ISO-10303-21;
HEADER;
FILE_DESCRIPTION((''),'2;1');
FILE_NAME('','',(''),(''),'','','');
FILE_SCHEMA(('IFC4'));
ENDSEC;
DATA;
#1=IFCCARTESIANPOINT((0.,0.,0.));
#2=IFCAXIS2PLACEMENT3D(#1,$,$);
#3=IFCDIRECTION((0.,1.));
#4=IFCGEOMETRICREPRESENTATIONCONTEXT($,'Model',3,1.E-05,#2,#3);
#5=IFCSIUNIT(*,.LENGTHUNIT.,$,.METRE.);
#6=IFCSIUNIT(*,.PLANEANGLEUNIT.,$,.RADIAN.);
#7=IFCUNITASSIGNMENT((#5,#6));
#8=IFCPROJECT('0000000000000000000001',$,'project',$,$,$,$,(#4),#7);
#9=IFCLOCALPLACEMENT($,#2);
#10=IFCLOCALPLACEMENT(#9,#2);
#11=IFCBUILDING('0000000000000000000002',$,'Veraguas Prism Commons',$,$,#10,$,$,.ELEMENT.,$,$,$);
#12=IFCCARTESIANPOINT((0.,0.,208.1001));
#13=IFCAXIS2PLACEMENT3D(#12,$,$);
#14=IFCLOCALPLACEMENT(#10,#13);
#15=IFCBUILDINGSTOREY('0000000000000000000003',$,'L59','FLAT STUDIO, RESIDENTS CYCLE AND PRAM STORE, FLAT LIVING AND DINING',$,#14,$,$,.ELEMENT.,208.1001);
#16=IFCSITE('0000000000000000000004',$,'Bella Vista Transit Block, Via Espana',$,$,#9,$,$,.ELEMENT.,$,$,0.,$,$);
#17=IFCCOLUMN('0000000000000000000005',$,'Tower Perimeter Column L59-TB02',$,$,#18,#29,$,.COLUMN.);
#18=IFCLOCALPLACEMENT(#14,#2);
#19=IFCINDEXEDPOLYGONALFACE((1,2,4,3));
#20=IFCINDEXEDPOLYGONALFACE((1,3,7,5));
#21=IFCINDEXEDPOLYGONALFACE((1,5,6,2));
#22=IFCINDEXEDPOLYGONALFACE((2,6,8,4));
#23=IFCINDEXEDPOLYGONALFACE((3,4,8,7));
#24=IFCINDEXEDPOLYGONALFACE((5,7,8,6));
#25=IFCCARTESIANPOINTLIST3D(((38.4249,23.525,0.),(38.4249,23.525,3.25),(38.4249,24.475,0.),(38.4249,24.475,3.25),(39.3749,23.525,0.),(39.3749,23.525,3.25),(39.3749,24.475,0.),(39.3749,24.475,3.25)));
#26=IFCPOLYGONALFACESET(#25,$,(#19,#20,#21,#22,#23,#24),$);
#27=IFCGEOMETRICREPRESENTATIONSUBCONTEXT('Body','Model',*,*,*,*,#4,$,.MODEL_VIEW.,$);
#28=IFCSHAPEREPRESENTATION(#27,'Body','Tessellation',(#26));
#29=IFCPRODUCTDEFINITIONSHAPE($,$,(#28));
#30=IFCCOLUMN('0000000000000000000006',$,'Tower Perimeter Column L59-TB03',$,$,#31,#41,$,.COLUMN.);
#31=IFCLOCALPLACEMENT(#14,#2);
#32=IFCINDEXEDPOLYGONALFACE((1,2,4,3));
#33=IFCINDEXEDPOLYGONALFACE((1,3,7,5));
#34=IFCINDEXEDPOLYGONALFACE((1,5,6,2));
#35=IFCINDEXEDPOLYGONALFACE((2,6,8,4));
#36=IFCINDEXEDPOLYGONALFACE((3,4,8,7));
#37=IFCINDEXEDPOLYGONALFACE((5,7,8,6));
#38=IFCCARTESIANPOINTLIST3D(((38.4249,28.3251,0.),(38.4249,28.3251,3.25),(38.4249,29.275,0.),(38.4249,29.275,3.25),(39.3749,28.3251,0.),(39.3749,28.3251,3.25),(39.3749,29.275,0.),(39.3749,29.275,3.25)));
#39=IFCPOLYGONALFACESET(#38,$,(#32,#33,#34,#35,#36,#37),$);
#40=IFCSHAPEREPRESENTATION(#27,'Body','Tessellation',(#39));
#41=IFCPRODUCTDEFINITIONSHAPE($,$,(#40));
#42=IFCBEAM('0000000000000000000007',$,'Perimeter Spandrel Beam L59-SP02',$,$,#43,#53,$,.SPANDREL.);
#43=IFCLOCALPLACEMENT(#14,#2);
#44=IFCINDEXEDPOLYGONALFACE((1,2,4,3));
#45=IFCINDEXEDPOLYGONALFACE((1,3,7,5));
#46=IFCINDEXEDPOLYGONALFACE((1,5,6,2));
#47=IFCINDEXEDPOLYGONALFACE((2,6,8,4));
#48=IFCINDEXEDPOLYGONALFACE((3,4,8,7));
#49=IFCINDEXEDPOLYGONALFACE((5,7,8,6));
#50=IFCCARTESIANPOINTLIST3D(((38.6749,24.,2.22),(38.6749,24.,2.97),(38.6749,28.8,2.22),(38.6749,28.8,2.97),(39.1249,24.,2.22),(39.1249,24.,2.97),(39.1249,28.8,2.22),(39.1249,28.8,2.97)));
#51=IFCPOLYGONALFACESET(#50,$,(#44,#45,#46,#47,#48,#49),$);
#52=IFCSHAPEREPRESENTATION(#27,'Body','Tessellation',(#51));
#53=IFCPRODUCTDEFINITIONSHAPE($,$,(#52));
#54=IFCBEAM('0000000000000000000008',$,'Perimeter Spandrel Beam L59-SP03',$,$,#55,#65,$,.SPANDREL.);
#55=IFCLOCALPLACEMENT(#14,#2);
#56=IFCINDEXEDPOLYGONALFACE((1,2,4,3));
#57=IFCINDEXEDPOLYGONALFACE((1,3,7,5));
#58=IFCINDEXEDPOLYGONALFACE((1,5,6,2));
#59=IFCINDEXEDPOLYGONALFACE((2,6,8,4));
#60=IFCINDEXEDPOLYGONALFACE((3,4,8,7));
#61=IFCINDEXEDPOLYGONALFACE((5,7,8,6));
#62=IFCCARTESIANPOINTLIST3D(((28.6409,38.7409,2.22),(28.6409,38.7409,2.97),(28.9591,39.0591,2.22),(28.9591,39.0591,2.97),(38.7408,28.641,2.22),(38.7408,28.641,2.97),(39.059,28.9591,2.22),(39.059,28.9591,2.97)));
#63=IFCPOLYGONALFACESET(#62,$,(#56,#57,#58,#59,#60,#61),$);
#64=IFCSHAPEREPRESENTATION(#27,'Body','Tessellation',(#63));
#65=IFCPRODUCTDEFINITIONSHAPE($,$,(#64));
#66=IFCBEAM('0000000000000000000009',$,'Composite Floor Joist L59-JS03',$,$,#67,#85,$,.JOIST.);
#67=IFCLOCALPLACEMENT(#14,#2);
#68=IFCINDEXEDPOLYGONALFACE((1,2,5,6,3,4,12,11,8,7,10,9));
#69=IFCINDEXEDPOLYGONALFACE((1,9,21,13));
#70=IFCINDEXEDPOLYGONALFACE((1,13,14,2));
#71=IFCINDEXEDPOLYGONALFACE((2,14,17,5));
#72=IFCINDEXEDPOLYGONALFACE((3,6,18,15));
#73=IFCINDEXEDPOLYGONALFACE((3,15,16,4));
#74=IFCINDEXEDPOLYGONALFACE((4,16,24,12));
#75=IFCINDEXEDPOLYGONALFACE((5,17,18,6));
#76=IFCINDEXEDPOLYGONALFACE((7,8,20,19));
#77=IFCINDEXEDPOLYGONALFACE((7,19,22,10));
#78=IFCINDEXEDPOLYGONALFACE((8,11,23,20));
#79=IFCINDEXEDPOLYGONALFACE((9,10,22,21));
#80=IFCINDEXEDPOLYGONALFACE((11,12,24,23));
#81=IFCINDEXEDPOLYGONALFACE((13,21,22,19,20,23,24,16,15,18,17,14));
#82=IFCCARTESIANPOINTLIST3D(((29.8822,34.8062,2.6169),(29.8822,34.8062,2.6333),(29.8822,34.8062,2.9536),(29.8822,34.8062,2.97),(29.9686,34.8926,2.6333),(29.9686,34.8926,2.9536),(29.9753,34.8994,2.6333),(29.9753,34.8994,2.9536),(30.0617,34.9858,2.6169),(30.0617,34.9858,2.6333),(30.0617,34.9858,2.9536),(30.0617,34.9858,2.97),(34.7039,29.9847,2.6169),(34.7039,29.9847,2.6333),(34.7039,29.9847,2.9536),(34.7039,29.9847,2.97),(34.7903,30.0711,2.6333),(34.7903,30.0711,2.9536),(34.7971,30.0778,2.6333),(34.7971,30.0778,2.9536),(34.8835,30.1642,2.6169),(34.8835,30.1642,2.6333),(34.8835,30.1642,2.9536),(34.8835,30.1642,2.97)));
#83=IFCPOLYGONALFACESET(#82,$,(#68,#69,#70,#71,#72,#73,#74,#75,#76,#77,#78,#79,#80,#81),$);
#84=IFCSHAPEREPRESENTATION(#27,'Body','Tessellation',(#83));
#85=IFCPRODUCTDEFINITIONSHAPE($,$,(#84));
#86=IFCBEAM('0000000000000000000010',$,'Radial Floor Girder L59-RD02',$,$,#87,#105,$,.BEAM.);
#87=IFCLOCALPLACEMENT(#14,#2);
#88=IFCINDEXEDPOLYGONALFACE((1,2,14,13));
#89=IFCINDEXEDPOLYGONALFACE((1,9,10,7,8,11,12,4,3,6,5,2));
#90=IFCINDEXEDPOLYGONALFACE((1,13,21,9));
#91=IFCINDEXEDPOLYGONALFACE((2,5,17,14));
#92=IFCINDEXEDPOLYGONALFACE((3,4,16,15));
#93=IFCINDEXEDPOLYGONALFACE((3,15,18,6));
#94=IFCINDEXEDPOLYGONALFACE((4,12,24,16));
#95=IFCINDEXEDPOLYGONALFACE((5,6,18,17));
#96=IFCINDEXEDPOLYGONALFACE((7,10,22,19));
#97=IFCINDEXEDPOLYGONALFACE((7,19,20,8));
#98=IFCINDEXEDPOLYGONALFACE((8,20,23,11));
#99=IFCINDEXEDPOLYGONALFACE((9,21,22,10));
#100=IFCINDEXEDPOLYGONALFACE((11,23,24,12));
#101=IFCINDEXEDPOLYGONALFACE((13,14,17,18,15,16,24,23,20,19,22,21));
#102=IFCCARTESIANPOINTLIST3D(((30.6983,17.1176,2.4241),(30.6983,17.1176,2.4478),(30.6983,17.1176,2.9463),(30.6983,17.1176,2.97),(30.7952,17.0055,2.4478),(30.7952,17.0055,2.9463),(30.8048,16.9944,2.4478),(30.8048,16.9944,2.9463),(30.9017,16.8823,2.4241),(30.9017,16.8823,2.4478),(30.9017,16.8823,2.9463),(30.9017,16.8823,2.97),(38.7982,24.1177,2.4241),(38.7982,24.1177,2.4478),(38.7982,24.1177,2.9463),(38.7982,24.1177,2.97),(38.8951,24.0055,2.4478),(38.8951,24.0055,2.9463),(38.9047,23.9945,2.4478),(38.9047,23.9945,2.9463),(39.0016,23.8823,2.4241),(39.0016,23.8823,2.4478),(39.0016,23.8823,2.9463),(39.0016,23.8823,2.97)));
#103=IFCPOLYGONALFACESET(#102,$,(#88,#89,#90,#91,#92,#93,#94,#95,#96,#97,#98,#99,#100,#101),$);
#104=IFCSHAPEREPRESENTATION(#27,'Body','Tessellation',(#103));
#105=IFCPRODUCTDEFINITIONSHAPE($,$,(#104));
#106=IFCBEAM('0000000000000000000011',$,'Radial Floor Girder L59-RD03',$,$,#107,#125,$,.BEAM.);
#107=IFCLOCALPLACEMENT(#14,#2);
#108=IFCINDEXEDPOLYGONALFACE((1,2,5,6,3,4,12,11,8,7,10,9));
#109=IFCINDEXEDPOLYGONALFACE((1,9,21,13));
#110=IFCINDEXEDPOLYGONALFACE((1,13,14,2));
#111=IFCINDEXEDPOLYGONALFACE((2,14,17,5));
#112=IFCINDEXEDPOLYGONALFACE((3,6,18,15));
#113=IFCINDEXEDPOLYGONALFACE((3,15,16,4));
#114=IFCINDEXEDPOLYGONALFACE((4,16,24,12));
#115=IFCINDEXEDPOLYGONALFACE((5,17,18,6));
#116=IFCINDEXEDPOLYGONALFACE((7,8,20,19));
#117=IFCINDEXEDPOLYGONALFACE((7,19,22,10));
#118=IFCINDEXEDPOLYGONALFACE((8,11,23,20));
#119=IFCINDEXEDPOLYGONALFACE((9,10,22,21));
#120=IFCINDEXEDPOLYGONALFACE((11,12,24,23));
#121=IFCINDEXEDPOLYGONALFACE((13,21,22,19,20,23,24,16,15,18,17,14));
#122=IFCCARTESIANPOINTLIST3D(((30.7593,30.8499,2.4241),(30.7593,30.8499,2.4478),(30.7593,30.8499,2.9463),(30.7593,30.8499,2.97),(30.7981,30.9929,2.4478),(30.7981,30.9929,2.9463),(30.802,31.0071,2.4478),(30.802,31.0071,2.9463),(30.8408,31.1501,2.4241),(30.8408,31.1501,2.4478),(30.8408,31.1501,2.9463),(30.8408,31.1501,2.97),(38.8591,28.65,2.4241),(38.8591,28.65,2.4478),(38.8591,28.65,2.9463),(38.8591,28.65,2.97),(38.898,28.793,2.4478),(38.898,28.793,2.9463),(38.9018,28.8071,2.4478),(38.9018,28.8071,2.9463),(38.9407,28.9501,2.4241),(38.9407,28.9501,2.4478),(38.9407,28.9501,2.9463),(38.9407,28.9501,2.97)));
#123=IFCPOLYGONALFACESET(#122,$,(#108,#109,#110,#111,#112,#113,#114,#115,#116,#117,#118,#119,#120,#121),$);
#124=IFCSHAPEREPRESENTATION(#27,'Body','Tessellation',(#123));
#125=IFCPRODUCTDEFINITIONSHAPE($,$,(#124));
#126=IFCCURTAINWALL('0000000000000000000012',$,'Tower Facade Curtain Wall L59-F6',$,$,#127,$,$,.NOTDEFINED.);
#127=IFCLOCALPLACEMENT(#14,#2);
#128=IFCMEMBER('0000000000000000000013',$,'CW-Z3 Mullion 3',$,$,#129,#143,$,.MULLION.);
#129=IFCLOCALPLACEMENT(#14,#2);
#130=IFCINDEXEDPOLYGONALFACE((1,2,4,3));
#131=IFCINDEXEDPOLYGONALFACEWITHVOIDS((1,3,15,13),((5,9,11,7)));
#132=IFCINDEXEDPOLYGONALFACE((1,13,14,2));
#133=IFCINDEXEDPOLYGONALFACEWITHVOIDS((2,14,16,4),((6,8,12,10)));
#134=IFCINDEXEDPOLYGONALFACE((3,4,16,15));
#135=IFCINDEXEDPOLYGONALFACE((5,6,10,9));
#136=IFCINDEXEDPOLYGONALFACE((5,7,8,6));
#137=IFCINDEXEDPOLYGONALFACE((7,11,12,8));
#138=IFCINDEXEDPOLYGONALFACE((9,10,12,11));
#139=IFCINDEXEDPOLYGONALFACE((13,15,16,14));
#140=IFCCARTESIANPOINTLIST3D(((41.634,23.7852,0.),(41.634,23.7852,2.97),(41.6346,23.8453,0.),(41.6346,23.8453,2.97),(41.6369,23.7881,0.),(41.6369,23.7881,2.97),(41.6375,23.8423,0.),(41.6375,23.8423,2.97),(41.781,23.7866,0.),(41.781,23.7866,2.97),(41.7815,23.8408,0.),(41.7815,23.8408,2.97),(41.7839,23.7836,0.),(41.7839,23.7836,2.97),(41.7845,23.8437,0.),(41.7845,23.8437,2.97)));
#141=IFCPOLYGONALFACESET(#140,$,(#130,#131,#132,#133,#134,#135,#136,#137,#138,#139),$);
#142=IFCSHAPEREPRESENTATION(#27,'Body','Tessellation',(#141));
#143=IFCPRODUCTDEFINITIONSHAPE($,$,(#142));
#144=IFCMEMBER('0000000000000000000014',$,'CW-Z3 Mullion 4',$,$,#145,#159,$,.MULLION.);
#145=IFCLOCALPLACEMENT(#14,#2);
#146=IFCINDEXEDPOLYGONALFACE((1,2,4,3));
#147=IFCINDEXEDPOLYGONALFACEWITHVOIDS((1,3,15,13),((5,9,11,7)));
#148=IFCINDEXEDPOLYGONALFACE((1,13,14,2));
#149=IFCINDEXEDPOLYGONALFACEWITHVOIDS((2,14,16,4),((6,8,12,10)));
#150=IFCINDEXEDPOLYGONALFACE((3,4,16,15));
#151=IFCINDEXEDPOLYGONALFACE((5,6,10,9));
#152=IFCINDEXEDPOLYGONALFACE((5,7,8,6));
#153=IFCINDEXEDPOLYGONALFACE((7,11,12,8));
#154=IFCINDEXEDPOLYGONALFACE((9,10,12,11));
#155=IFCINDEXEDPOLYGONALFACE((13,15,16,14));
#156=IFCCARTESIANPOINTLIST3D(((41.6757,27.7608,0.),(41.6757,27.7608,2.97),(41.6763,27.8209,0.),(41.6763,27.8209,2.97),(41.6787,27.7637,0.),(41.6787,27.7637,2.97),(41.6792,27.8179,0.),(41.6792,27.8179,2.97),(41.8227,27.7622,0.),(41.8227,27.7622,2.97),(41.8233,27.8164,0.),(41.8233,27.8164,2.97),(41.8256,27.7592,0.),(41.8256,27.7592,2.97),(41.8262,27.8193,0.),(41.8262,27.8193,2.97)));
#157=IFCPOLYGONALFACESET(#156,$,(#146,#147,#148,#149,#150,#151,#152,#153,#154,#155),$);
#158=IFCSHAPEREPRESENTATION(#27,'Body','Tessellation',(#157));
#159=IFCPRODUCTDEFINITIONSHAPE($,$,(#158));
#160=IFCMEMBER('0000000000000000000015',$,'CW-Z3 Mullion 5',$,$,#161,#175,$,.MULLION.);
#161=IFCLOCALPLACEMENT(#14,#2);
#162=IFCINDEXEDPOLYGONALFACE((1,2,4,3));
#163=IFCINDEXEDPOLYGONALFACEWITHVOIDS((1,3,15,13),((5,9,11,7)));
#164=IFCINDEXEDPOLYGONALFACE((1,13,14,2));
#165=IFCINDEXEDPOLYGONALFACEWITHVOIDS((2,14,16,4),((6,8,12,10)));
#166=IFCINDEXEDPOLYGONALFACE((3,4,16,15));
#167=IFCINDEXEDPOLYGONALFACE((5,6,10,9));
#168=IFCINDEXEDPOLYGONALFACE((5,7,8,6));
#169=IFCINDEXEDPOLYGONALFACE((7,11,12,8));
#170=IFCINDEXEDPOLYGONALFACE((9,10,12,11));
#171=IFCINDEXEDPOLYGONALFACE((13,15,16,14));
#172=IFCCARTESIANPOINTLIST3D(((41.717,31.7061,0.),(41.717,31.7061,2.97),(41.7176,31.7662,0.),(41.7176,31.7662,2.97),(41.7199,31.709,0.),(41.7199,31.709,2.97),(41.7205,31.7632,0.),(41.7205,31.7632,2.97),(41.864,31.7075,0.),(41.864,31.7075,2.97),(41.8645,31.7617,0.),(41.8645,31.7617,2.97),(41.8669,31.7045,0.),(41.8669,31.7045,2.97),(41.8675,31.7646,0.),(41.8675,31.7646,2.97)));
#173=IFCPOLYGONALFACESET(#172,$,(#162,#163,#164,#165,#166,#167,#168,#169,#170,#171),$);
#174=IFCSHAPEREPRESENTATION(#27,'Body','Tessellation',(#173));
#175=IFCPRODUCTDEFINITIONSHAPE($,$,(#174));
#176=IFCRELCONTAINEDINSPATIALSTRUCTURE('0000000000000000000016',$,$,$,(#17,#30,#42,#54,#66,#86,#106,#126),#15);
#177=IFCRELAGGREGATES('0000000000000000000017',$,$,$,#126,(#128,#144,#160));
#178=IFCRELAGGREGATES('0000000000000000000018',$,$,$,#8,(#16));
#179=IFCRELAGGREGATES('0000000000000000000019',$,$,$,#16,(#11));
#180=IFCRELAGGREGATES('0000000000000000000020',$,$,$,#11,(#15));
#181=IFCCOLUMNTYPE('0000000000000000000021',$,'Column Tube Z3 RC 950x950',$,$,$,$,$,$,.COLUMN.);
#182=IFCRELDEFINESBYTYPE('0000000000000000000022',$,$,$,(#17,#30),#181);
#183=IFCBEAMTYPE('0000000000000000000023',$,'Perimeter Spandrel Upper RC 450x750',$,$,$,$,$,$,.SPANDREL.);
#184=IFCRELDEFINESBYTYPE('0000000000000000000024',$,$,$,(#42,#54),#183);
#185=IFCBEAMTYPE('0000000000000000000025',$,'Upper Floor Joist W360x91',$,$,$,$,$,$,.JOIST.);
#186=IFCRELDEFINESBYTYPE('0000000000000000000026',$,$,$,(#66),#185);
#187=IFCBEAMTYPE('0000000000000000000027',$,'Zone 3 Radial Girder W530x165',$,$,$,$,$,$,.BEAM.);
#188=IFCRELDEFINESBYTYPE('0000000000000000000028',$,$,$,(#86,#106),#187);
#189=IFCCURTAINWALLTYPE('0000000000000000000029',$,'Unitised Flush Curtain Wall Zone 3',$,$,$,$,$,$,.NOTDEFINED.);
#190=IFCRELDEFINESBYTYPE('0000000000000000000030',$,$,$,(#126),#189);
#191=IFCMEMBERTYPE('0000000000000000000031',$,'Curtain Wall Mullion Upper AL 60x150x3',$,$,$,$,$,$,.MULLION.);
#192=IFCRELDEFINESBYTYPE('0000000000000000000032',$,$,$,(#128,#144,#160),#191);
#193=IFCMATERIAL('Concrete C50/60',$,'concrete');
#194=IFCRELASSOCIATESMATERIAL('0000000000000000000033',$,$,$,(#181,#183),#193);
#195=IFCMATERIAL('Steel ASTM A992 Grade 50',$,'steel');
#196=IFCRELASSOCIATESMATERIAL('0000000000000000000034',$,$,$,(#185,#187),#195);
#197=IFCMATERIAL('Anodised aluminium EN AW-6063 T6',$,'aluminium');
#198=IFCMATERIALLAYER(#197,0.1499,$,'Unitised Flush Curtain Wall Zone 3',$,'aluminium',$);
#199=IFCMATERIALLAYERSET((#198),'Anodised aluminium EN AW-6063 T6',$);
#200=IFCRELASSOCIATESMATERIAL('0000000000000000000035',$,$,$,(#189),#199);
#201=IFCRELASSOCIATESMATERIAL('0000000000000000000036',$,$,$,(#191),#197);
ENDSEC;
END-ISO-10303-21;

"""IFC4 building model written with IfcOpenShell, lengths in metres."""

from ifc_helpers import new_model, si_unit, direction, frame, origin, origin_2d, place, context, subcontext, project, spatial, rectangle, hollow_rectangle, i_section, extrude, source, transform, mapped, material, layer, layer_set, material_profile, profile_set, type_object, element, aggregate, save


model = new_model("IFC4")

# Units and contexts
model_context = context("Model", 3, precision=1e-05, world=origin(), true_north=direction((0.0, 1.0)))
body_context = subcontext(model_context, "Body", "Model", "MODEL_VIEW")
ifc_project = project(units=[si_unit("LENGTHUNIT", "METRE"), si_unit("PLANEANGLEUNIT", "RADIAN")], contexts=[model_context])

# Site, building, storey
site_placement = place(None, origin())
site = spatial("IfcSite", under=ifc_project, at=site_placement, Name="Bella Vista Transit Block, Via Espana", CompositionType="ELEMENT", RefElevation=0.0)
building_placement = place(site_placement, origin())
building = spatial("IfcBuilding", under=site, at=building_placement, Name="Veraguas Prism Commons", CompositionType="ELEMENT")
storey_placement = place(building_placement, frame((0.0, 0.0, 208.1001)))
storey = spatial("IfcBuildingStorey", under=building, at=storey_placement, Name="L59", Description="FLAT STUDIO, RESIDENTS CYCLE AND PRAM STORE, FLAT LIVING AND DINING", CompositionType="ELEMENT", Elevation=208.1001)

# Columns
ifc_material_1 = material(Name="Concrete C50/60", Category="concrete")
ifc_material_profile_1 = material_profile(ifc_material_1, rectangle(XDim=0.95, YDim=0.95, at=origin_2d()), Name="RC950X950")
ifc_profile_set_1 = profile_set([ifc_material_profile_1], Name="Concrete C50/60")
column_type = type_object("IfcColumnType", Name="Column Tube Z3 RC 950x950", PredefinedType="COLUMN", material=ifc_profile_set_1)
for number, where, z_axis, x_axis, name in (
    (1, (38.8999, 24.0, 0.0), (0.0, 0.0, 1.0), (1.0, 0.0, 0.0), "Tower Perimeter Column L59-TB02"),
    (2, (38.8999, 28.8, 0.0), (0.0, 0.0, 1.0), (1.0, 0.0, 0.0), "Tower Perimeter Column L59-TB03"),
):
    element("IfcColumn", number, at=place(storey_placement, frame(where, z_axis=z_axis, x_axis=x_axis)), inside=storey, type_object=column_type, Name=name, PredefinedType="COLUMN", context=body_context, shape_type="SweptSolid", body=[
        extrude(rectangle(XDim=0.95, YDim=0.95, at=origin_2d()), origin(), (0.0, 0.0, 1.0), 3.25),
    ])

# Beams
ifc_material_profile_2 = material_profile(ifc_material_1, rectangle(XDim=0.45, YDim=0.75, at=origin_2d()), Name="RC450X750")
ifc_profile_set_2 = profile_set([ifc_material_profile_2], Name="Concrete C50/60")
beam_type_1 = type_object("IfcBeamType", Name="Perimeter Spandrel Upper RC 450x750", PredefinedType="SPANDREL", material=ifc_profile_set_2)
beam_1_placement = place(storey_placement, frame((38.8999, 24.0, 2.595), z_axis=(0.0, 1.0, 0.0), x_axis=(-1.0, 0.0, 0.0)))
element("IfcBeam", 3, at=beam_1_placement, inside=storey, type_object=beam_type_1, Name="Perimeter Spandrel Beam L59-SP02", PredefinedType="SPANDREL", context=body_context, shape_type="SweptSolid", body=[
    extrude(rectangle(XDim=0.45, YDim=0.75, at=origin_2d()), origin(), (0.0, 0.0, 1.0), 4.8),
])
beam_2_placement = place(storey_placement, frame((38.8999, 28.8, 2.595), z_axis=(-0.707107, 0.707107, 0.0), x_axis=(-0.707107, -0.707107, 0.0)))
element("IfcBeam", 4, at=beam_2_placement, inside=storey, type_object=beam_type_1, Name="Perimeter Spandrel Beam L59-SP03", PredefinedType="SPANDREL", context=body_context, shape_type="SweptSolid", body=[
    extrude(rectangle(XDim=0.45, YDim=0.75, at=origin_2d()), origin(), (0.0, 0.0, 1.0), 14.2834),
])
ifc_material_2 = material(Name="Steel ASTM A992 Grade 50", Category="steel")
ifc_material_profile_3 = material_profile(ifc_material_2, i_section(OverallWidth=0.2539, OverallDepth=0.353, WebThickness=0.0095, FlangeThickness=0.0164, at=origin_2d()), Name="W360X91")
ifc_profile_set_3 = profile_set([ifc_material_profile_3], Name="Steel ASTM A992 Grade 50")
beam_type_2 = type_object("IfcBeamType", Name="Upper Floor Joist W360x91", PredefinedType="JOIST", material=ifc_profile_set_3)
beam_3_placement = place(storey_placement, frame((34.7937, 30.0745, 2.7935), z_axis=(-0.707125, 0.707089, 0.0), x_axis=(-0.707089, -0.707125, 0.0)))
element("IfcBeam", 5, at=beam_3_placement, inside=storey, type_object=beam_type_2, Name="Composite Floor Joist L59-JS03", PredefinedType="JOIST", context=body_context, shape_type="SweptSolid", body=[
    extrude(i_section(OverallWidth=0.2539, OverallDepth=0.353, WebThickness=0.0095, FlangeThickness=0.0164, at=origin_2d()), origin(), (0.0, 0.0, 1.0), 6.8188),
])
ifc_material_profile_4 = material_profile(ifc_material_2, i_section(OverallWidth=0.311, OverallDepth=0.5459, WebThickness=0.0146, FlangeThickness=0.0237, at=origin_2d()), Name="W530X165")
ifc_profile_set_4 = profile_set([ifc_material_profile_4], Name="Steel ASTM A992 Grade 50")
beam_type_3 = type_object("IfcBeamType", Name="Zone 3 Radial Girder W530x165", PredefinedType="BEAM", material=ifc_profile_set_4)
beam_4_placement = place(storey_placement, frame((38.8999, 24.0, 2.697), z_axis=(-0.756607, -0.65387, 0.0), x_axis=(0.65387, -0.756607, 0.0)))
element("IfcBeam", 6, at=beam_4_placement, inside=storey, type_object=beam_type_3, Name="Radial Floor Girder L59-RD02", PredefinedType="BEAM", context=body_context, shape_type="SweptSolid", body=[
    extrude(i_section(OverallWidth=0.311, OverallDepth=0.5459, WebThickness=0.0146, FlangeThickness=0.0237, at=origin_2d()), origin(), (0.0, 0.0, 1.0), 10.7056),
])
beam_5_placement = place(storey_placement, frame((38.8999, 28.8, 2.697), z_axis=(-0.965039, 0.262108, 0.0), x_axis=(-0.262108, -0.965039, 0.0)))
element("IfcBeam", 7, at=beam_5_placement, inside=storey, type_object=beam_type_3, Name="Radial Floor Girder L59-RD03", PredefinedType="BEAM", context=body_context, shape_type="SweptSolid", body=[
    extrude(i_section(OverallWidth=0.311, OverallDepth=0.5459, WebThickness=0.0146, FlangeThickness=0.0237, at=origin_2d()), origin(), (0.0, 0.0, 1.0), 8.3933),
])

# Curtain wall, members
ifc_material_3 = material(Name="Anodised aluminium EN AW-6063 T6", Category="aluminium")
ifc_layer_1 = layer(ifc_material_3, 0.1499, Name="Unitised Flush Curtain Wall Zone 3", Category="aluminium")
ifc_layer_set_1 = layer_set([ifc_layer_1], Name="Anodised aluminium EN AW-6063 T6")
curtain_wall_type = type_object("IfcCurtainWallType", Name="Unitised Flush Curtain Wall Zone 3", PredefinedType="NOTDEFINED", material=ifc_layer_set_1)
curtain_wall_placement = place(storey_placement, origin())
curtain_wall = element("IfcCurtainWall", 8, at=curtain_wall_placement, inside=storey, type_object=curtain_wall_type, Name="Tower Facade Curtain Wall L59-F6", PredefinedType="NOTDEFINED")
ifc_material_profile_5 = material_profile(ifc_material_3, hollow_rectangle(XDim=0.0601, YDim=0.1499, WallThickness=0.0029, at=origin_2d()), Name="AL60X150X3")
ifc_profile_set_5 = profile_set([ifc_material_profile_5], Name="Anodised aluminium EN AW-6063 T6")
member_type = type_object("IfcMemberType", Name="Curtain Wall Mullion Upper AL 60x150x3", PredefinedType="MULLION", material=ifc_profile_set_5)
shared_shape_1 = source(origin(), body_context, "Body", "SweptSolid", [
    extrude(hollow_rectangle(XDim=0.0601, YDim=0.1499, WallThickness=0.0029, at=origin_2d()), origin(), (0.0, 0.0, 1.0), 2.97),
])
member_1_placement = place(storey_placement, frame((41.7092, 23.8145, 0.0), z_axis=(0.0, 0.0, 1.0), x_axis=(0.01047, 0.999945, 0.0)))
member_1 = element("IfcMember", 9, at=member_1_placement, type_object=member_type, Name="CW-Z3 Mullion 3", PredefinedType="MULLION", context=body_context, shape_type="MappedRepresentation", body=[
    mapped(shared_shape_1, transform((0.0, 0.0, 0.0), scale=1.0)),
])
member_2_placement = place(storey_placement, frame((41.751, 27.79, 0.0), z_axis=(0.0, 0.0, 1.0), x_axis=(0.01047, 0.999945, 0.0)))
member_2 = element("IfcMember", 10, at=member_2_placement, type_object=member_type, Name="CW-Z3 Mullion 4", PredefinedType="MULLION", context=body_context, shape_type="MappedRepresentation", body=[
    mapped(shared_shape_1, transform((0.0, 0.0, 0.0), scale=1.0)),
])
member_3_placement = place(storey_placement, frame((41.7922, 31.7354, 0.0), z_axis=(0.0, 0.0, 1.0), x_axis=(0.01047, 0.999945, 0.0)))
member_3 = element("IfcMember", 11, at=member_3_placement, type_object=member_type, Name="CW-Z3 Mullion 5", PredefinedType="MULLION", context=body_context, shape_type="MappedRepresentation", body=[
    mapped(shared_shape_1, transform((0.0, 0.0, 0.0), scale=1.0)),
])
aggregate(curtain_wall, [member_1, member_2, member_3])

save(model, "model.ifc")
